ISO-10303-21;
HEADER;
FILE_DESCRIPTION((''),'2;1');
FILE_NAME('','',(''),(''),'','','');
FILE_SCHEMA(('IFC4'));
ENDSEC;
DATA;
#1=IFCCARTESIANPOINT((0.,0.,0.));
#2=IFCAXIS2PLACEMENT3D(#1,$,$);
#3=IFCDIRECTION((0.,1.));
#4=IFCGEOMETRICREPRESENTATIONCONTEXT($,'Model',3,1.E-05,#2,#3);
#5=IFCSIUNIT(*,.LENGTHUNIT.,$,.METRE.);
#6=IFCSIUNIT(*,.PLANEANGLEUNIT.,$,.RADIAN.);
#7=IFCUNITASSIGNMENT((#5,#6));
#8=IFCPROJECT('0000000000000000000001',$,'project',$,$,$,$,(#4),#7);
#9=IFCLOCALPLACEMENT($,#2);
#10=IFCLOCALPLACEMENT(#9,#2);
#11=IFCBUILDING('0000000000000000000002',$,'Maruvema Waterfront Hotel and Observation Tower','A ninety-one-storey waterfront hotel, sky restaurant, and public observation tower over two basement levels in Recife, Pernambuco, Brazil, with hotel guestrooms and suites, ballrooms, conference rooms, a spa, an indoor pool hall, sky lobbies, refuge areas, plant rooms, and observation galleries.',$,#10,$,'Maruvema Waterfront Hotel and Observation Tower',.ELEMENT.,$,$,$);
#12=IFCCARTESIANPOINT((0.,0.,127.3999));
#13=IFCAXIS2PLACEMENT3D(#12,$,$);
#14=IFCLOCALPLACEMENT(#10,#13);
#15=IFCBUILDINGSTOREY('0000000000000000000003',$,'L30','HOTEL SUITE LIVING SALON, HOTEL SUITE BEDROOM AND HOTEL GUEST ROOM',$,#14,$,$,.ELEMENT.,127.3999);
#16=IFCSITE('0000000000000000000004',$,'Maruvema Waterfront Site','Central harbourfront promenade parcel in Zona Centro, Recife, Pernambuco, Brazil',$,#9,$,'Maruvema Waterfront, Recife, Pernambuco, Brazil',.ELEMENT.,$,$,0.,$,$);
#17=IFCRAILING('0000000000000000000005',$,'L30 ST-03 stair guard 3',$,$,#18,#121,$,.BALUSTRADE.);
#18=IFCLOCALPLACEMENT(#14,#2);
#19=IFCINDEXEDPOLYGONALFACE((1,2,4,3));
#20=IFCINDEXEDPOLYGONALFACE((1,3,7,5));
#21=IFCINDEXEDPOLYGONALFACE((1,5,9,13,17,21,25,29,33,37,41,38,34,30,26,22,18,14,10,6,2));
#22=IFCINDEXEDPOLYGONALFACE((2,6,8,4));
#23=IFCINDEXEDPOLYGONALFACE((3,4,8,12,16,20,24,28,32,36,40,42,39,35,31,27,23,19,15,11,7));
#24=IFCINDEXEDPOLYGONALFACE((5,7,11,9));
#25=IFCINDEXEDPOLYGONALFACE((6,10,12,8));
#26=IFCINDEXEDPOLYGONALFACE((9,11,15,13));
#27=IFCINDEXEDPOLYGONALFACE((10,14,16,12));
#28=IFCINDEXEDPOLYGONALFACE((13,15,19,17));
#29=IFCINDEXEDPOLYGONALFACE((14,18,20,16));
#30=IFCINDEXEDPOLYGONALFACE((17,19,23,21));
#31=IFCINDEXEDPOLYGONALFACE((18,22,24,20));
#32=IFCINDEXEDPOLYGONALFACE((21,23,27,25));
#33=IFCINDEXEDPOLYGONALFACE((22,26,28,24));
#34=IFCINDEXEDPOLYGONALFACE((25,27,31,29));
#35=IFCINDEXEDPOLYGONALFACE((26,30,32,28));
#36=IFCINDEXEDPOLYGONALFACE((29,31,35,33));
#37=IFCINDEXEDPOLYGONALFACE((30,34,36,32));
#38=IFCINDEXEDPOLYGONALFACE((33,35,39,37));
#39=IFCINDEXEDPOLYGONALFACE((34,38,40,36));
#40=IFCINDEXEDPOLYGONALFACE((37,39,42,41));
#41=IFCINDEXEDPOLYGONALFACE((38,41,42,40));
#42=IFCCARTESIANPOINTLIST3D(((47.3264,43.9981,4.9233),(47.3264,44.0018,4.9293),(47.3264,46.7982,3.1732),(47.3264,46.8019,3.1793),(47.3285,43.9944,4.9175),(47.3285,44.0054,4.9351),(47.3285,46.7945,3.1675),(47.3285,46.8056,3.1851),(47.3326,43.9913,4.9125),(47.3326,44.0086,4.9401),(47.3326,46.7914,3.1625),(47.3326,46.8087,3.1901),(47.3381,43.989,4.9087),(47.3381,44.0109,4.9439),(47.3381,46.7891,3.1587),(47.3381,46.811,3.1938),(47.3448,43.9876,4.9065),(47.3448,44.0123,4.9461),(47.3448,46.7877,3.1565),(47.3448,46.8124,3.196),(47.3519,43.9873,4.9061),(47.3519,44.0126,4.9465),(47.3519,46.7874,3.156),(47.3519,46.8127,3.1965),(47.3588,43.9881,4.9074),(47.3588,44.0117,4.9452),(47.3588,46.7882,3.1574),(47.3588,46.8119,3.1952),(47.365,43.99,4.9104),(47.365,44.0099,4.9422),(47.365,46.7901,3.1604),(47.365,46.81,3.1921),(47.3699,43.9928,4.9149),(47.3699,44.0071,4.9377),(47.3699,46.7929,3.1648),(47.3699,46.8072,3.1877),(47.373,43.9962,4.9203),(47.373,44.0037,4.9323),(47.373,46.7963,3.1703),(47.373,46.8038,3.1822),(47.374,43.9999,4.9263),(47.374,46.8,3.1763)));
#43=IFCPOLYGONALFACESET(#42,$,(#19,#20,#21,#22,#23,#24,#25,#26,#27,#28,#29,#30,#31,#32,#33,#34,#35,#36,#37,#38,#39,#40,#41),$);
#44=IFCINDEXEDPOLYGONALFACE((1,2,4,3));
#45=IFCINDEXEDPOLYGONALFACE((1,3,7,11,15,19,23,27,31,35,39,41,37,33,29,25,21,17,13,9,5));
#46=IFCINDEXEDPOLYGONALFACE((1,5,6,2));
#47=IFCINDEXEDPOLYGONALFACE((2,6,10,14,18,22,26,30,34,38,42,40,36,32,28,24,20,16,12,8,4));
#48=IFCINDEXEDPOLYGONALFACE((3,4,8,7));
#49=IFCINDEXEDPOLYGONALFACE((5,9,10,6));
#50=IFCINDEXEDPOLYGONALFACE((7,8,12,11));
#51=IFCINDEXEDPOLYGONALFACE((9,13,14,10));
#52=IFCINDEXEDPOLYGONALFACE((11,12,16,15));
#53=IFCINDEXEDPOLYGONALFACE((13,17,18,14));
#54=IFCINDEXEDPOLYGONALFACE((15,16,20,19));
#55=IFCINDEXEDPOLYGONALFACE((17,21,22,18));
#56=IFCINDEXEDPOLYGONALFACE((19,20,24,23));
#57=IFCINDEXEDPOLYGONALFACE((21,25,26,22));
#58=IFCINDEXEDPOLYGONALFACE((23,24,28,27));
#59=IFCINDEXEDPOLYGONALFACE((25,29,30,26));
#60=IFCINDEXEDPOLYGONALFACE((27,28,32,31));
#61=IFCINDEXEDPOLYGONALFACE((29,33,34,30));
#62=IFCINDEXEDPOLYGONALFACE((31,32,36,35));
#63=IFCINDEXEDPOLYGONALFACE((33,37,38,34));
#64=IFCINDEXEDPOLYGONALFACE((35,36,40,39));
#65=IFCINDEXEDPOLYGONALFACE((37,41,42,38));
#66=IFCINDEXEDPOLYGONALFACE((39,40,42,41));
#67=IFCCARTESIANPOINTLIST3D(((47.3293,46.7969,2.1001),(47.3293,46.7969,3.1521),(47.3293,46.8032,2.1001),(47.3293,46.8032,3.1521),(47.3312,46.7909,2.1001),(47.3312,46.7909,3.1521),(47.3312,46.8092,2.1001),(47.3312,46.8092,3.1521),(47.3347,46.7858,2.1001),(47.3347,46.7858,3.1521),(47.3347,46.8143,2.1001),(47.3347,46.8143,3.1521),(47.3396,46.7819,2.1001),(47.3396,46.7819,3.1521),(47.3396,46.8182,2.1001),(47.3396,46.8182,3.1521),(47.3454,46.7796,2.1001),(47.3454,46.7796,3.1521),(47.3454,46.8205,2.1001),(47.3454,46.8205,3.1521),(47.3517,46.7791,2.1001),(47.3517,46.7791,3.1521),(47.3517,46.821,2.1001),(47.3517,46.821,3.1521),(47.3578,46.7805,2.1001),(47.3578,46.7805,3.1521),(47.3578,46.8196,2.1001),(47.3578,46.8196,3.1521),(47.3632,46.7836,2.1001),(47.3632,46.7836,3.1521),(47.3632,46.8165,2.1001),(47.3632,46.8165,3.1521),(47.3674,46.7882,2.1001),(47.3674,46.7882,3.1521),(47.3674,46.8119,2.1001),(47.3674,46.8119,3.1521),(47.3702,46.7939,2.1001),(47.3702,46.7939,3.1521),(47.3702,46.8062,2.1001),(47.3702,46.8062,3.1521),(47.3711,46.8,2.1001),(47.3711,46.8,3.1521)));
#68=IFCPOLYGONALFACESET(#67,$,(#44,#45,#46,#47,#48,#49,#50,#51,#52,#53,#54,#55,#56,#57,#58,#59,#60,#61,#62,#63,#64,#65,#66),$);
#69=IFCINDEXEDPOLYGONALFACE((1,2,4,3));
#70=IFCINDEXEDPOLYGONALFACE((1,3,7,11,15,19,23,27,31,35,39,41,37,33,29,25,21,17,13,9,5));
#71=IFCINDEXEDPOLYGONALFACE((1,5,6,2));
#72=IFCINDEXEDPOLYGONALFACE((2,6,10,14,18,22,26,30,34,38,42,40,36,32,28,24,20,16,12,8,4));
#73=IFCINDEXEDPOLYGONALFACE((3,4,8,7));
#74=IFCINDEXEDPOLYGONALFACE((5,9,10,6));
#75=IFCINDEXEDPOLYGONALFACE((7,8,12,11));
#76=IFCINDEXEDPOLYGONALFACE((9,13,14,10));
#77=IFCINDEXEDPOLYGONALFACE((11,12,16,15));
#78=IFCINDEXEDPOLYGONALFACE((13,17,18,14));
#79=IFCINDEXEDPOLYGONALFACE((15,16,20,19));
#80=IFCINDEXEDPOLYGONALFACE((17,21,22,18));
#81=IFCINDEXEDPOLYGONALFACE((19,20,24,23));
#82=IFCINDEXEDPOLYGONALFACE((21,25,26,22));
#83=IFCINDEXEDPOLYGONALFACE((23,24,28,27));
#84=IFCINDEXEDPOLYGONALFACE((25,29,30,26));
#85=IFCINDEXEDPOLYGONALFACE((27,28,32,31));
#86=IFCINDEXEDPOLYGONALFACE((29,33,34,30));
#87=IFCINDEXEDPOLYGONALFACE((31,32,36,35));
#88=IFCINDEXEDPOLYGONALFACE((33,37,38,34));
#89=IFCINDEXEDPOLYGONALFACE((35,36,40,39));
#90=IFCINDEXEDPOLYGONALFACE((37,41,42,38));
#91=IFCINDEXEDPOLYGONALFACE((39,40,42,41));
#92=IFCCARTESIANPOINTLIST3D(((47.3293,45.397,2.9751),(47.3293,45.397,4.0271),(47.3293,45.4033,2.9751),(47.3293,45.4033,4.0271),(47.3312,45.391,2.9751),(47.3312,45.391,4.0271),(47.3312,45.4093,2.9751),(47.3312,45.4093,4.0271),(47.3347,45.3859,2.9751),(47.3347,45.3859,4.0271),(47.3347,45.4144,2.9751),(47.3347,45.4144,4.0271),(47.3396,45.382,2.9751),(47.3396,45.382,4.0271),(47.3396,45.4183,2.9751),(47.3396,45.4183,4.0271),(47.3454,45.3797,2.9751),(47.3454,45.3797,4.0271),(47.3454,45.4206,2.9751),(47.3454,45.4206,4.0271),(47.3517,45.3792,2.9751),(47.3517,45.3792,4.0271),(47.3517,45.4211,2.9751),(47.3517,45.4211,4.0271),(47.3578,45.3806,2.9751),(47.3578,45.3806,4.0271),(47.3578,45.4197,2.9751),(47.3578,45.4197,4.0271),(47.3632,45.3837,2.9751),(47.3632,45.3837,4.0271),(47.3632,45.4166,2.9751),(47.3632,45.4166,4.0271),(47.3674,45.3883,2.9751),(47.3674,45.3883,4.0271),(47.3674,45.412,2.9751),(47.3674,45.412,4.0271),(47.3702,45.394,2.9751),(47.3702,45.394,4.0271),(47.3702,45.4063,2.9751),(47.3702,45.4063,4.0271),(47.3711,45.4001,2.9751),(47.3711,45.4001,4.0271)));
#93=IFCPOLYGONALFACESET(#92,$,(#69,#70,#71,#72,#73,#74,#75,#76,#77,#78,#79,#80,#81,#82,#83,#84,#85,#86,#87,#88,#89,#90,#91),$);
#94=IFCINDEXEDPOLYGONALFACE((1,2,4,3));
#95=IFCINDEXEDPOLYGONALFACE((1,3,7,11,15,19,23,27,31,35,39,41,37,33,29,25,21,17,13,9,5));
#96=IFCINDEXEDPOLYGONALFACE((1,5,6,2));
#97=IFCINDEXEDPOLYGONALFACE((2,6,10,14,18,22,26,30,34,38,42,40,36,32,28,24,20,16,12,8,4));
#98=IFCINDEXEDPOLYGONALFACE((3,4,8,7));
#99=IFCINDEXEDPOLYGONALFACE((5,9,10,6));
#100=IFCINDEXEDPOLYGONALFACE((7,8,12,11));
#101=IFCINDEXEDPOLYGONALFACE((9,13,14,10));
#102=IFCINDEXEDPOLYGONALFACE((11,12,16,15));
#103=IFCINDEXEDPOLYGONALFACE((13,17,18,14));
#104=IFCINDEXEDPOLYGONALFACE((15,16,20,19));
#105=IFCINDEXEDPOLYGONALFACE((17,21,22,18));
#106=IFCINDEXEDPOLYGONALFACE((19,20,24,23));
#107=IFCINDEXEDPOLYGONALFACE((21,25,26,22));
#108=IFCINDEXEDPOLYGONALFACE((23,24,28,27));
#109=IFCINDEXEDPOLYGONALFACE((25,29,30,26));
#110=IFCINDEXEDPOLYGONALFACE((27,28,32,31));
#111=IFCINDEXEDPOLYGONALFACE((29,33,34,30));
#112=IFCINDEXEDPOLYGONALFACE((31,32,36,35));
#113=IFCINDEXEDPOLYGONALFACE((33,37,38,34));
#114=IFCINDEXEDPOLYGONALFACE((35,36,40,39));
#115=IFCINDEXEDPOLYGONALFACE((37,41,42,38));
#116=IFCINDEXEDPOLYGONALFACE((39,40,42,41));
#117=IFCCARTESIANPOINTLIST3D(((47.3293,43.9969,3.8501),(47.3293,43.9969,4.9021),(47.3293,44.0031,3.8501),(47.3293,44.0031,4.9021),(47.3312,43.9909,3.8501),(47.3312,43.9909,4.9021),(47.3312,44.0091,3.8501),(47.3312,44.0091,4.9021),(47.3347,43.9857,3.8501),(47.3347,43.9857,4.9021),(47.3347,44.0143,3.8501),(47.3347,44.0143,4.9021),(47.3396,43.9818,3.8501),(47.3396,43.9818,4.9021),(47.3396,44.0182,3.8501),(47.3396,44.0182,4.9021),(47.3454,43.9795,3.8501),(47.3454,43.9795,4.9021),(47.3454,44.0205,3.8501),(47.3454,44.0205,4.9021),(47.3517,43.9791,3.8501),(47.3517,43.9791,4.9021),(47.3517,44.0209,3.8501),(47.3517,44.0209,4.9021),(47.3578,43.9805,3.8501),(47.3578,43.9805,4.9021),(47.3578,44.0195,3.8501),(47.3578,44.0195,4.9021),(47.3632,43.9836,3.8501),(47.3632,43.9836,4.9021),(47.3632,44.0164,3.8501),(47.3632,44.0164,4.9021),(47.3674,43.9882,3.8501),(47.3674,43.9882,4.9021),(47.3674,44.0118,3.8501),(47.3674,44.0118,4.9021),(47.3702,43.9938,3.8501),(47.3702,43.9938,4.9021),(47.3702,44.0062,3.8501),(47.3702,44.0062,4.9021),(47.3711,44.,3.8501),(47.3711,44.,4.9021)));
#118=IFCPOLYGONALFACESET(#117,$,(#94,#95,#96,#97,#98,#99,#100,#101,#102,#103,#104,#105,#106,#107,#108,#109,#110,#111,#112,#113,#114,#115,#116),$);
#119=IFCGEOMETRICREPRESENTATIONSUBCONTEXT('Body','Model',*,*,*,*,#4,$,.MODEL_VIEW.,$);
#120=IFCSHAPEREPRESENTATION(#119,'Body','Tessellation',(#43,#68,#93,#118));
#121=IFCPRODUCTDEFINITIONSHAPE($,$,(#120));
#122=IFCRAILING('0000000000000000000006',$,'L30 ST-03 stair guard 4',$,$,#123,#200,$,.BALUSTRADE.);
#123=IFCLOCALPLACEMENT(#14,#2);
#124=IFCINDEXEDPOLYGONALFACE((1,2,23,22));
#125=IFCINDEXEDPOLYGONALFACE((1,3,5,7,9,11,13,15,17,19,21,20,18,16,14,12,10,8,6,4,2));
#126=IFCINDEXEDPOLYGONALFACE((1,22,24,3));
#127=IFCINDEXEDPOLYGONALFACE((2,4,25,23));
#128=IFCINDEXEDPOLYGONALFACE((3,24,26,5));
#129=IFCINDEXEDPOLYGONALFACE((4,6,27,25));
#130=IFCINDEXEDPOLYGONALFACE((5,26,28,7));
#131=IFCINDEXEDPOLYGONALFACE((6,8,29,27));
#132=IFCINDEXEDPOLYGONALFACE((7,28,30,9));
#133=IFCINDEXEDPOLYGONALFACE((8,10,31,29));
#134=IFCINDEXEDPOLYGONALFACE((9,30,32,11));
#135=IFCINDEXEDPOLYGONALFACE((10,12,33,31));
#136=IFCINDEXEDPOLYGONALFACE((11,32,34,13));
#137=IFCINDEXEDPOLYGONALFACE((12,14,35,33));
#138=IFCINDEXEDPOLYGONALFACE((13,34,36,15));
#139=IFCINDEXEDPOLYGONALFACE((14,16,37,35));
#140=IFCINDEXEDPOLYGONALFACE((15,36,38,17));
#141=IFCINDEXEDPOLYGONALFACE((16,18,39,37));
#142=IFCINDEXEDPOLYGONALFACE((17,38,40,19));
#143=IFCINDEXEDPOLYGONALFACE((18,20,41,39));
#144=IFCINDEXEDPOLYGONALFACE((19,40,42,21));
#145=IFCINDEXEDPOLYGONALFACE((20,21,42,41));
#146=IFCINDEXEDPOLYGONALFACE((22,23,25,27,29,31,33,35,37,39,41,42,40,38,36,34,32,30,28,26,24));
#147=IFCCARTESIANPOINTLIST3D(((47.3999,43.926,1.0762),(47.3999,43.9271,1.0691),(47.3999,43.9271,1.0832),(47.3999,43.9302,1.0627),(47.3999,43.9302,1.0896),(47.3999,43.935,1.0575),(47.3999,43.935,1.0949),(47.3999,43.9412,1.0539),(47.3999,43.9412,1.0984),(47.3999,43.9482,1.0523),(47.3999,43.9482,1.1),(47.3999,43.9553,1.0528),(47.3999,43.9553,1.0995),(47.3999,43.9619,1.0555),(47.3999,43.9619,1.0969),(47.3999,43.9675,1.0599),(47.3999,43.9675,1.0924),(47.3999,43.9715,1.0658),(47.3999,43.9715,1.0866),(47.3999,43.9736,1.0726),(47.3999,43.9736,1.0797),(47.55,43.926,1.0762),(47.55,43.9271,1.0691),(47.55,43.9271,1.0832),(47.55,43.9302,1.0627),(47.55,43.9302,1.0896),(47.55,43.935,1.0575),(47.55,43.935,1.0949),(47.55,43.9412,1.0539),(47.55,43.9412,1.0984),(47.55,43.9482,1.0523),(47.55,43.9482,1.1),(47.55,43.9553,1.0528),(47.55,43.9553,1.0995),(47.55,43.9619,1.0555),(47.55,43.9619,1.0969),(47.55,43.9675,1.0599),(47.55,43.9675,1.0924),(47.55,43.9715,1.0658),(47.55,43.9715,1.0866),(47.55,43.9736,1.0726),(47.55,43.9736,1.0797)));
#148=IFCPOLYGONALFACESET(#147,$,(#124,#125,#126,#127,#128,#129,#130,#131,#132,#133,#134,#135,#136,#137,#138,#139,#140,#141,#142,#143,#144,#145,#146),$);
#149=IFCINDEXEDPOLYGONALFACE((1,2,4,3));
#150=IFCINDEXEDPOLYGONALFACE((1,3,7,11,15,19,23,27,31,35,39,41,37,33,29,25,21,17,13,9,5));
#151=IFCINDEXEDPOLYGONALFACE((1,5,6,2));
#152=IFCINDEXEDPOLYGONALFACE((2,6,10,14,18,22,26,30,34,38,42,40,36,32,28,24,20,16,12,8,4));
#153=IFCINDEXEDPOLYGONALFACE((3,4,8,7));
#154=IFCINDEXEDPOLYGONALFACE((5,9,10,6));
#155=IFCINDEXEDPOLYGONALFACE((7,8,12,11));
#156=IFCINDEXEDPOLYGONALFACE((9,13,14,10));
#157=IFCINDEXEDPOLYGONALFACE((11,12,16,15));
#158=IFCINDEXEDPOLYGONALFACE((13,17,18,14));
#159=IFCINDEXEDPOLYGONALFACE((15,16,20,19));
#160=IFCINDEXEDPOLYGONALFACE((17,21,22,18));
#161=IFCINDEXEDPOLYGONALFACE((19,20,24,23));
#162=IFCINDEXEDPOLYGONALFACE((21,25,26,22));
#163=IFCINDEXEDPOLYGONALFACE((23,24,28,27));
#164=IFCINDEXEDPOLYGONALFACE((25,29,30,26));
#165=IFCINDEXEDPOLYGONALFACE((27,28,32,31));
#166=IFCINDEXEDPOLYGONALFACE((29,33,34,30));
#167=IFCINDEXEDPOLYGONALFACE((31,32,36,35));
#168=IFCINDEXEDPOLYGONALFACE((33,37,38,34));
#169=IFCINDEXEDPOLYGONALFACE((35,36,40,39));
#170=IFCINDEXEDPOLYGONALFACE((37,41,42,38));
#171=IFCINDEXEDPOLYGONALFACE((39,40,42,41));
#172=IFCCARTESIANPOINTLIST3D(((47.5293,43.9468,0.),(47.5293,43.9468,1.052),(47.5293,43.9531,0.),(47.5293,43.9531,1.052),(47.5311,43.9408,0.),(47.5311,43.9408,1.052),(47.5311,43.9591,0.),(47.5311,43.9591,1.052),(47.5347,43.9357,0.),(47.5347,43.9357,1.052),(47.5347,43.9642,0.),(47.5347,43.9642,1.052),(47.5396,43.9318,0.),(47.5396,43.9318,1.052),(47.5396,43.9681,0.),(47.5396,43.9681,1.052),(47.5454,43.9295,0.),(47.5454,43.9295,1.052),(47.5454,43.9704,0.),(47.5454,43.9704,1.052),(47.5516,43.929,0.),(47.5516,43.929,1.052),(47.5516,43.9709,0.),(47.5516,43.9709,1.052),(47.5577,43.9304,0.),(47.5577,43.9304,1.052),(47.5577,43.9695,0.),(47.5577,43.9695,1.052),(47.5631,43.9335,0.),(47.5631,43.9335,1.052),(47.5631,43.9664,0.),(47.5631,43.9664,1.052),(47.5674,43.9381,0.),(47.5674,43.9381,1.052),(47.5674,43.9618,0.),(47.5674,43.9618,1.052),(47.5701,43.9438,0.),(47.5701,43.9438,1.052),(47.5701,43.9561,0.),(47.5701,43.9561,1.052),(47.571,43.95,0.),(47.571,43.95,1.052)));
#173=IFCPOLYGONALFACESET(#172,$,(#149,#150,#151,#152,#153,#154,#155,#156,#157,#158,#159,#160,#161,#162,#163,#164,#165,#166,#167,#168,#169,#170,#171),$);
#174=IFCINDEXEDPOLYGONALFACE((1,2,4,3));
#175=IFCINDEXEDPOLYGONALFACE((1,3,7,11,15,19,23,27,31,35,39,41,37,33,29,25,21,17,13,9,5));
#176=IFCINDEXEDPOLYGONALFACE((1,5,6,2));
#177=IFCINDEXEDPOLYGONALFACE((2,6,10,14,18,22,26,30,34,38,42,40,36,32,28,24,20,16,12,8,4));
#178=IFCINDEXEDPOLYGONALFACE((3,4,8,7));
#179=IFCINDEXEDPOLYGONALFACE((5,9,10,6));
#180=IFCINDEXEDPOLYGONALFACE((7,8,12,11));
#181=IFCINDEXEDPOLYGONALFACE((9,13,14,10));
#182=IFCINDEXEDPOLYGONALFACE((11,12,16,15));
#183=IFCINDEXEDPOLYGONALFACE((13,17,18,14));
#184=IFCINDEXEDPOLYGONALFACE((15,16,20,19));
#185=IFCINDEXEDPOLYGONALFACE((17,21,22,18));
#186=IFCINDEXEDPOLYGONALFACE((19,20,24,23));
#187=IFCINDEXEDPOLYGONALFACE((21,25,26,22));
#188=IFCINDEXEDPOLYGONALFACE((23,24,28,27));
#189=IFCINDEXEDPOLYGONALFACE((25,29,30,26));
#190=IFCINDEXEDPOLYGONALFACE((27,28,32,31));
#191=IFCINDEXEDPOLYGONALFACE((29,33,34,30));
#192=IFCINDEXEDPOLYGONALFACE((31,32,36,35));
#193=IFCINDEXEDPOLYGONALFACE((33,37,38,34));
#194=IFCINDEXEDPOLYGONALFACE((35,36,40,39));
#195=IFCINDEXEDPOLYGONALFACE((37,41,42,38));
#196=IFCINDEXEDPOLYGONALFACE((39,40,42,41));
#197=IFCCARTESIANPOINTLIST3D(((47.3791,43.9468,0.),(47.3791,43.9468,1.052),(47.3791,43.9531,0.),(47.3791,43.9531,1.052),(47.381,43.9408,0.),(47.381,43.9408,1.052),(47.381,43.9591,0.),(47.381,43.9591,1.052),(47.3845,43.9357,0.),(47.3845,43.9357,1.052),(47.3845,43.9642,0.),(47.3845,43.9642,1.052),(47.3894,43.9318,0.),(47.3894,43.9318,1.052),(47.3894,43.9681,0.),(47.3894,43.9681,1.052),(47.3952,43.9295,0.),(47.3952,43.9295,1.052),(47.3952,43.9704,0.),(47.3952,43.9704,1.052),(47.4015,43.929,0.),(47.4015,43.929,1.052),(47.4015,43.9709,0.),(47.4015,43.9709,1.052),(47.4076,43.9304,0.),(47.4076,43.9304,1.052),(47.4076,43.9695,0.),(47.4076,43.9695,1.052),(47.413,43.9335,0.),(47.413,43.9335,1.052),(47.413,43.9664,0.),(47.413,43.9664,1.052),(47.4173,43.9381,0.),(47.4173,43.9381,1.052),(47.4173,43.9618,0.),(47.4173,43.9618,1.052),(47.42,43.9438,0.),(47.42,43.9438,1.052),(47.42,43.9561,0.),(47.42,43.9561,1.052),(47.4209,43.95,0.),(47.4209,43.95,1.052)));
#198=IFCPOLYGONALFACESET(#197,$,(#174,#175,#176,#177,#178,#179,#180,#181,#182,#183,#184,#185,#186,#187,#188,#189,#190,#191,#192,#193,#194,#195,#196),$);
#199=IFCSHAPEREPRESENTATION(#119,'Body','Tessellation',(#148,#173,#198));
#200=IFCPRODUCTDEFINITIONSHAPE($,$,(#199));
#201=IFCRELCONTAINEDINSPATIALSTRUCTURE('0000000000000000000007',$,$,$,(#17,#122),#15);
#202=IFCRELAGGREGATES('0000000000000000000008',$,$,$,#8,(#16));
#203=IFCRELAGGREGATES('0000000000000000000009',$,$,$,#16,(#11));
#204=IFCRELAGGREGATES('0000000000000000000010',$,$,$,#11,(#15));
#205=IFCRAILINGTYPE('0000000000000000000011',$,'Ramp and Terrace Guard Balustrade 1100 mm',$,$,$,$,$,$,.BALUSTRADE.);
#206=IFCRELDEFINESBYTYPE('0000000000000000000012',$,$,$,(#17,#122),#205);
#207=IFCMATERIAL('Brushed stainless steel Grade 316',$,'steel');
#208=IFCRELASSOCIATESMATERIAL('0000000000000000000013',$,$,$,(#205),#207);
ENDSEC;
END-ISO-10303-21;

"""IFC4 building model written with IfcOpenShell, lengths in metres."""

from ifc_helpers import new_model, si_unit, direction, frame, origin, origin_2d, place, context, subcontext, project, spatial, circle, extrude, material, type_object, element, save


model = new_model("IFC4")

# Units and contexts
model_context = context("Model", 3, precision=1e-05, world=origin(), true_north=direction((0.0, 1.0)))
body_context = subcontext(model_context, "Body", "Model", "MODEL_VIEW")
ifc_project = project(units=[si_unit("LENGTHUNIT", "METRE"), si_unit("PLANEANGLEUNIT", "RADIAN")], contexts=[model_context])

# Site, building, storey
site_placement = place(None, origin())
site = spatial("IfcSite", under=ifc_project, at=site_placement, Name="Maruvema Waterfront Site", Description="Central harbourfront promenade parcel in Zona Centro, Recife, Pernambuco, Brazil", LongName="Maruvema Waterfront, Recife, Pernambuco, Brazil", CompositionType="ELEMENT", RefElevation=0.0)
building_placement = place(site_placement, origin())
building = spatial("IfcBuilding", under=site, at=building_placement, Name="Maruvema Waterfront Hotel and Observation Tower", Description="A ninety-one-storey waterfront hotel, sky restaurant, and public observation tower over two basement levels in Recife, Pernambuco, Brazil, with hotel guestrooms and suites, ballrooms, conference rooms, a spa, an indoor pool hall, sky lobbies, refuge areas, plant rooms, and observation galleries.", LongName="Maruvema Waterfront Hotel and Observation Tower", CompositionType="ELEMENT")
storey_placement = place(building_placement, frame((0.0, 0.0, 127.3999)))
storey = spatial("IfcBuildingStorey", under=building, at=storey_placement, Name="L30", Description="HOTEL SUITE LIVING SALON, HOTEL SUITE BEDROOM AND HOTEL GUEST ROOM", CompositionType="ELEMENT", Elevation=127.3999)

# Railings
ifc_material_1 = material(Name="Brushed stainless steel Grade 316", Category="steel")
railing_type_1 = type_object("IfcRailingType", Name="Ramp and Terrace Guard Balustrade 1100 mm", PredefinedType="BALUSTRADE", material=ifc_material_1)
railing_1_placement = place(storey_placement, frame((47.3501, 46.8, 2.1001)))
element("IfcRailing", 1, at=railing_1_placement, inside=storey, type_object=railing_type_1, Name="L30 ST-03 stair guard 3", PredefinedType="BALUSTRADE", context=body_context, shape_type="SweptSolid", body=[
    extrude(circle(Radius=0.0239, at=origin_2d()), frame((0.0, 0.0, 1.0762), z_axis=(0.0, -0.848002, 0.529992), x_axis=(1.0, 0.0, 0.0)), (0.0, 0.0, 1.0), 3.302),
    extrude(circle(Radius=0.021, at=origin_2d()), origin(), (0.0, 0.0, 1.0), 1.052),
    extrude(circle(Radius=0.021, at=origin_2d()), frame((0.0, -1.3999, 0.875)), (0.0, 0.0, 1.0), 1.052),
    extrude(circle(Radius=0.021, at=origin_2d()), frame((0.0, -2.8, 1.75)), (0.0, 0.0, 1.0), 1.052),
])
railing_2_placement = place(storey_placement, frame((47.55, 43.95, 0.0)))
element("IfcRailing", 2, at=railing_2_placement, inside=storey, type_object=railing_type_1, Name="L30 ST-03 stair guard 4", PredefinedType="BALUSTRADE", context=body_context, shape_type="SweptSolid", body=[
    extrude(circle(Radius=0.0239, at=origin_2d()), frame((0.0, 0.0, 1.0762), z_axis=(-1.0, 0.0, 0.0), x_axis=(0.0, -1.0, 0.0)), (0.0, 0.0, 1.0), 0.1501),
    extrude(circle(Radius=0.021, at=origin_2d()), origin(), (0.0, 0.0, 1.0), 1.052),
    extrude(circle(Radius=0.021, at=origin_2d()), frame((-0.1501, 0.0, 0.0)), (0.0, 0.0, 1.0), 1.052),
])

save(model, "model.ifc")
